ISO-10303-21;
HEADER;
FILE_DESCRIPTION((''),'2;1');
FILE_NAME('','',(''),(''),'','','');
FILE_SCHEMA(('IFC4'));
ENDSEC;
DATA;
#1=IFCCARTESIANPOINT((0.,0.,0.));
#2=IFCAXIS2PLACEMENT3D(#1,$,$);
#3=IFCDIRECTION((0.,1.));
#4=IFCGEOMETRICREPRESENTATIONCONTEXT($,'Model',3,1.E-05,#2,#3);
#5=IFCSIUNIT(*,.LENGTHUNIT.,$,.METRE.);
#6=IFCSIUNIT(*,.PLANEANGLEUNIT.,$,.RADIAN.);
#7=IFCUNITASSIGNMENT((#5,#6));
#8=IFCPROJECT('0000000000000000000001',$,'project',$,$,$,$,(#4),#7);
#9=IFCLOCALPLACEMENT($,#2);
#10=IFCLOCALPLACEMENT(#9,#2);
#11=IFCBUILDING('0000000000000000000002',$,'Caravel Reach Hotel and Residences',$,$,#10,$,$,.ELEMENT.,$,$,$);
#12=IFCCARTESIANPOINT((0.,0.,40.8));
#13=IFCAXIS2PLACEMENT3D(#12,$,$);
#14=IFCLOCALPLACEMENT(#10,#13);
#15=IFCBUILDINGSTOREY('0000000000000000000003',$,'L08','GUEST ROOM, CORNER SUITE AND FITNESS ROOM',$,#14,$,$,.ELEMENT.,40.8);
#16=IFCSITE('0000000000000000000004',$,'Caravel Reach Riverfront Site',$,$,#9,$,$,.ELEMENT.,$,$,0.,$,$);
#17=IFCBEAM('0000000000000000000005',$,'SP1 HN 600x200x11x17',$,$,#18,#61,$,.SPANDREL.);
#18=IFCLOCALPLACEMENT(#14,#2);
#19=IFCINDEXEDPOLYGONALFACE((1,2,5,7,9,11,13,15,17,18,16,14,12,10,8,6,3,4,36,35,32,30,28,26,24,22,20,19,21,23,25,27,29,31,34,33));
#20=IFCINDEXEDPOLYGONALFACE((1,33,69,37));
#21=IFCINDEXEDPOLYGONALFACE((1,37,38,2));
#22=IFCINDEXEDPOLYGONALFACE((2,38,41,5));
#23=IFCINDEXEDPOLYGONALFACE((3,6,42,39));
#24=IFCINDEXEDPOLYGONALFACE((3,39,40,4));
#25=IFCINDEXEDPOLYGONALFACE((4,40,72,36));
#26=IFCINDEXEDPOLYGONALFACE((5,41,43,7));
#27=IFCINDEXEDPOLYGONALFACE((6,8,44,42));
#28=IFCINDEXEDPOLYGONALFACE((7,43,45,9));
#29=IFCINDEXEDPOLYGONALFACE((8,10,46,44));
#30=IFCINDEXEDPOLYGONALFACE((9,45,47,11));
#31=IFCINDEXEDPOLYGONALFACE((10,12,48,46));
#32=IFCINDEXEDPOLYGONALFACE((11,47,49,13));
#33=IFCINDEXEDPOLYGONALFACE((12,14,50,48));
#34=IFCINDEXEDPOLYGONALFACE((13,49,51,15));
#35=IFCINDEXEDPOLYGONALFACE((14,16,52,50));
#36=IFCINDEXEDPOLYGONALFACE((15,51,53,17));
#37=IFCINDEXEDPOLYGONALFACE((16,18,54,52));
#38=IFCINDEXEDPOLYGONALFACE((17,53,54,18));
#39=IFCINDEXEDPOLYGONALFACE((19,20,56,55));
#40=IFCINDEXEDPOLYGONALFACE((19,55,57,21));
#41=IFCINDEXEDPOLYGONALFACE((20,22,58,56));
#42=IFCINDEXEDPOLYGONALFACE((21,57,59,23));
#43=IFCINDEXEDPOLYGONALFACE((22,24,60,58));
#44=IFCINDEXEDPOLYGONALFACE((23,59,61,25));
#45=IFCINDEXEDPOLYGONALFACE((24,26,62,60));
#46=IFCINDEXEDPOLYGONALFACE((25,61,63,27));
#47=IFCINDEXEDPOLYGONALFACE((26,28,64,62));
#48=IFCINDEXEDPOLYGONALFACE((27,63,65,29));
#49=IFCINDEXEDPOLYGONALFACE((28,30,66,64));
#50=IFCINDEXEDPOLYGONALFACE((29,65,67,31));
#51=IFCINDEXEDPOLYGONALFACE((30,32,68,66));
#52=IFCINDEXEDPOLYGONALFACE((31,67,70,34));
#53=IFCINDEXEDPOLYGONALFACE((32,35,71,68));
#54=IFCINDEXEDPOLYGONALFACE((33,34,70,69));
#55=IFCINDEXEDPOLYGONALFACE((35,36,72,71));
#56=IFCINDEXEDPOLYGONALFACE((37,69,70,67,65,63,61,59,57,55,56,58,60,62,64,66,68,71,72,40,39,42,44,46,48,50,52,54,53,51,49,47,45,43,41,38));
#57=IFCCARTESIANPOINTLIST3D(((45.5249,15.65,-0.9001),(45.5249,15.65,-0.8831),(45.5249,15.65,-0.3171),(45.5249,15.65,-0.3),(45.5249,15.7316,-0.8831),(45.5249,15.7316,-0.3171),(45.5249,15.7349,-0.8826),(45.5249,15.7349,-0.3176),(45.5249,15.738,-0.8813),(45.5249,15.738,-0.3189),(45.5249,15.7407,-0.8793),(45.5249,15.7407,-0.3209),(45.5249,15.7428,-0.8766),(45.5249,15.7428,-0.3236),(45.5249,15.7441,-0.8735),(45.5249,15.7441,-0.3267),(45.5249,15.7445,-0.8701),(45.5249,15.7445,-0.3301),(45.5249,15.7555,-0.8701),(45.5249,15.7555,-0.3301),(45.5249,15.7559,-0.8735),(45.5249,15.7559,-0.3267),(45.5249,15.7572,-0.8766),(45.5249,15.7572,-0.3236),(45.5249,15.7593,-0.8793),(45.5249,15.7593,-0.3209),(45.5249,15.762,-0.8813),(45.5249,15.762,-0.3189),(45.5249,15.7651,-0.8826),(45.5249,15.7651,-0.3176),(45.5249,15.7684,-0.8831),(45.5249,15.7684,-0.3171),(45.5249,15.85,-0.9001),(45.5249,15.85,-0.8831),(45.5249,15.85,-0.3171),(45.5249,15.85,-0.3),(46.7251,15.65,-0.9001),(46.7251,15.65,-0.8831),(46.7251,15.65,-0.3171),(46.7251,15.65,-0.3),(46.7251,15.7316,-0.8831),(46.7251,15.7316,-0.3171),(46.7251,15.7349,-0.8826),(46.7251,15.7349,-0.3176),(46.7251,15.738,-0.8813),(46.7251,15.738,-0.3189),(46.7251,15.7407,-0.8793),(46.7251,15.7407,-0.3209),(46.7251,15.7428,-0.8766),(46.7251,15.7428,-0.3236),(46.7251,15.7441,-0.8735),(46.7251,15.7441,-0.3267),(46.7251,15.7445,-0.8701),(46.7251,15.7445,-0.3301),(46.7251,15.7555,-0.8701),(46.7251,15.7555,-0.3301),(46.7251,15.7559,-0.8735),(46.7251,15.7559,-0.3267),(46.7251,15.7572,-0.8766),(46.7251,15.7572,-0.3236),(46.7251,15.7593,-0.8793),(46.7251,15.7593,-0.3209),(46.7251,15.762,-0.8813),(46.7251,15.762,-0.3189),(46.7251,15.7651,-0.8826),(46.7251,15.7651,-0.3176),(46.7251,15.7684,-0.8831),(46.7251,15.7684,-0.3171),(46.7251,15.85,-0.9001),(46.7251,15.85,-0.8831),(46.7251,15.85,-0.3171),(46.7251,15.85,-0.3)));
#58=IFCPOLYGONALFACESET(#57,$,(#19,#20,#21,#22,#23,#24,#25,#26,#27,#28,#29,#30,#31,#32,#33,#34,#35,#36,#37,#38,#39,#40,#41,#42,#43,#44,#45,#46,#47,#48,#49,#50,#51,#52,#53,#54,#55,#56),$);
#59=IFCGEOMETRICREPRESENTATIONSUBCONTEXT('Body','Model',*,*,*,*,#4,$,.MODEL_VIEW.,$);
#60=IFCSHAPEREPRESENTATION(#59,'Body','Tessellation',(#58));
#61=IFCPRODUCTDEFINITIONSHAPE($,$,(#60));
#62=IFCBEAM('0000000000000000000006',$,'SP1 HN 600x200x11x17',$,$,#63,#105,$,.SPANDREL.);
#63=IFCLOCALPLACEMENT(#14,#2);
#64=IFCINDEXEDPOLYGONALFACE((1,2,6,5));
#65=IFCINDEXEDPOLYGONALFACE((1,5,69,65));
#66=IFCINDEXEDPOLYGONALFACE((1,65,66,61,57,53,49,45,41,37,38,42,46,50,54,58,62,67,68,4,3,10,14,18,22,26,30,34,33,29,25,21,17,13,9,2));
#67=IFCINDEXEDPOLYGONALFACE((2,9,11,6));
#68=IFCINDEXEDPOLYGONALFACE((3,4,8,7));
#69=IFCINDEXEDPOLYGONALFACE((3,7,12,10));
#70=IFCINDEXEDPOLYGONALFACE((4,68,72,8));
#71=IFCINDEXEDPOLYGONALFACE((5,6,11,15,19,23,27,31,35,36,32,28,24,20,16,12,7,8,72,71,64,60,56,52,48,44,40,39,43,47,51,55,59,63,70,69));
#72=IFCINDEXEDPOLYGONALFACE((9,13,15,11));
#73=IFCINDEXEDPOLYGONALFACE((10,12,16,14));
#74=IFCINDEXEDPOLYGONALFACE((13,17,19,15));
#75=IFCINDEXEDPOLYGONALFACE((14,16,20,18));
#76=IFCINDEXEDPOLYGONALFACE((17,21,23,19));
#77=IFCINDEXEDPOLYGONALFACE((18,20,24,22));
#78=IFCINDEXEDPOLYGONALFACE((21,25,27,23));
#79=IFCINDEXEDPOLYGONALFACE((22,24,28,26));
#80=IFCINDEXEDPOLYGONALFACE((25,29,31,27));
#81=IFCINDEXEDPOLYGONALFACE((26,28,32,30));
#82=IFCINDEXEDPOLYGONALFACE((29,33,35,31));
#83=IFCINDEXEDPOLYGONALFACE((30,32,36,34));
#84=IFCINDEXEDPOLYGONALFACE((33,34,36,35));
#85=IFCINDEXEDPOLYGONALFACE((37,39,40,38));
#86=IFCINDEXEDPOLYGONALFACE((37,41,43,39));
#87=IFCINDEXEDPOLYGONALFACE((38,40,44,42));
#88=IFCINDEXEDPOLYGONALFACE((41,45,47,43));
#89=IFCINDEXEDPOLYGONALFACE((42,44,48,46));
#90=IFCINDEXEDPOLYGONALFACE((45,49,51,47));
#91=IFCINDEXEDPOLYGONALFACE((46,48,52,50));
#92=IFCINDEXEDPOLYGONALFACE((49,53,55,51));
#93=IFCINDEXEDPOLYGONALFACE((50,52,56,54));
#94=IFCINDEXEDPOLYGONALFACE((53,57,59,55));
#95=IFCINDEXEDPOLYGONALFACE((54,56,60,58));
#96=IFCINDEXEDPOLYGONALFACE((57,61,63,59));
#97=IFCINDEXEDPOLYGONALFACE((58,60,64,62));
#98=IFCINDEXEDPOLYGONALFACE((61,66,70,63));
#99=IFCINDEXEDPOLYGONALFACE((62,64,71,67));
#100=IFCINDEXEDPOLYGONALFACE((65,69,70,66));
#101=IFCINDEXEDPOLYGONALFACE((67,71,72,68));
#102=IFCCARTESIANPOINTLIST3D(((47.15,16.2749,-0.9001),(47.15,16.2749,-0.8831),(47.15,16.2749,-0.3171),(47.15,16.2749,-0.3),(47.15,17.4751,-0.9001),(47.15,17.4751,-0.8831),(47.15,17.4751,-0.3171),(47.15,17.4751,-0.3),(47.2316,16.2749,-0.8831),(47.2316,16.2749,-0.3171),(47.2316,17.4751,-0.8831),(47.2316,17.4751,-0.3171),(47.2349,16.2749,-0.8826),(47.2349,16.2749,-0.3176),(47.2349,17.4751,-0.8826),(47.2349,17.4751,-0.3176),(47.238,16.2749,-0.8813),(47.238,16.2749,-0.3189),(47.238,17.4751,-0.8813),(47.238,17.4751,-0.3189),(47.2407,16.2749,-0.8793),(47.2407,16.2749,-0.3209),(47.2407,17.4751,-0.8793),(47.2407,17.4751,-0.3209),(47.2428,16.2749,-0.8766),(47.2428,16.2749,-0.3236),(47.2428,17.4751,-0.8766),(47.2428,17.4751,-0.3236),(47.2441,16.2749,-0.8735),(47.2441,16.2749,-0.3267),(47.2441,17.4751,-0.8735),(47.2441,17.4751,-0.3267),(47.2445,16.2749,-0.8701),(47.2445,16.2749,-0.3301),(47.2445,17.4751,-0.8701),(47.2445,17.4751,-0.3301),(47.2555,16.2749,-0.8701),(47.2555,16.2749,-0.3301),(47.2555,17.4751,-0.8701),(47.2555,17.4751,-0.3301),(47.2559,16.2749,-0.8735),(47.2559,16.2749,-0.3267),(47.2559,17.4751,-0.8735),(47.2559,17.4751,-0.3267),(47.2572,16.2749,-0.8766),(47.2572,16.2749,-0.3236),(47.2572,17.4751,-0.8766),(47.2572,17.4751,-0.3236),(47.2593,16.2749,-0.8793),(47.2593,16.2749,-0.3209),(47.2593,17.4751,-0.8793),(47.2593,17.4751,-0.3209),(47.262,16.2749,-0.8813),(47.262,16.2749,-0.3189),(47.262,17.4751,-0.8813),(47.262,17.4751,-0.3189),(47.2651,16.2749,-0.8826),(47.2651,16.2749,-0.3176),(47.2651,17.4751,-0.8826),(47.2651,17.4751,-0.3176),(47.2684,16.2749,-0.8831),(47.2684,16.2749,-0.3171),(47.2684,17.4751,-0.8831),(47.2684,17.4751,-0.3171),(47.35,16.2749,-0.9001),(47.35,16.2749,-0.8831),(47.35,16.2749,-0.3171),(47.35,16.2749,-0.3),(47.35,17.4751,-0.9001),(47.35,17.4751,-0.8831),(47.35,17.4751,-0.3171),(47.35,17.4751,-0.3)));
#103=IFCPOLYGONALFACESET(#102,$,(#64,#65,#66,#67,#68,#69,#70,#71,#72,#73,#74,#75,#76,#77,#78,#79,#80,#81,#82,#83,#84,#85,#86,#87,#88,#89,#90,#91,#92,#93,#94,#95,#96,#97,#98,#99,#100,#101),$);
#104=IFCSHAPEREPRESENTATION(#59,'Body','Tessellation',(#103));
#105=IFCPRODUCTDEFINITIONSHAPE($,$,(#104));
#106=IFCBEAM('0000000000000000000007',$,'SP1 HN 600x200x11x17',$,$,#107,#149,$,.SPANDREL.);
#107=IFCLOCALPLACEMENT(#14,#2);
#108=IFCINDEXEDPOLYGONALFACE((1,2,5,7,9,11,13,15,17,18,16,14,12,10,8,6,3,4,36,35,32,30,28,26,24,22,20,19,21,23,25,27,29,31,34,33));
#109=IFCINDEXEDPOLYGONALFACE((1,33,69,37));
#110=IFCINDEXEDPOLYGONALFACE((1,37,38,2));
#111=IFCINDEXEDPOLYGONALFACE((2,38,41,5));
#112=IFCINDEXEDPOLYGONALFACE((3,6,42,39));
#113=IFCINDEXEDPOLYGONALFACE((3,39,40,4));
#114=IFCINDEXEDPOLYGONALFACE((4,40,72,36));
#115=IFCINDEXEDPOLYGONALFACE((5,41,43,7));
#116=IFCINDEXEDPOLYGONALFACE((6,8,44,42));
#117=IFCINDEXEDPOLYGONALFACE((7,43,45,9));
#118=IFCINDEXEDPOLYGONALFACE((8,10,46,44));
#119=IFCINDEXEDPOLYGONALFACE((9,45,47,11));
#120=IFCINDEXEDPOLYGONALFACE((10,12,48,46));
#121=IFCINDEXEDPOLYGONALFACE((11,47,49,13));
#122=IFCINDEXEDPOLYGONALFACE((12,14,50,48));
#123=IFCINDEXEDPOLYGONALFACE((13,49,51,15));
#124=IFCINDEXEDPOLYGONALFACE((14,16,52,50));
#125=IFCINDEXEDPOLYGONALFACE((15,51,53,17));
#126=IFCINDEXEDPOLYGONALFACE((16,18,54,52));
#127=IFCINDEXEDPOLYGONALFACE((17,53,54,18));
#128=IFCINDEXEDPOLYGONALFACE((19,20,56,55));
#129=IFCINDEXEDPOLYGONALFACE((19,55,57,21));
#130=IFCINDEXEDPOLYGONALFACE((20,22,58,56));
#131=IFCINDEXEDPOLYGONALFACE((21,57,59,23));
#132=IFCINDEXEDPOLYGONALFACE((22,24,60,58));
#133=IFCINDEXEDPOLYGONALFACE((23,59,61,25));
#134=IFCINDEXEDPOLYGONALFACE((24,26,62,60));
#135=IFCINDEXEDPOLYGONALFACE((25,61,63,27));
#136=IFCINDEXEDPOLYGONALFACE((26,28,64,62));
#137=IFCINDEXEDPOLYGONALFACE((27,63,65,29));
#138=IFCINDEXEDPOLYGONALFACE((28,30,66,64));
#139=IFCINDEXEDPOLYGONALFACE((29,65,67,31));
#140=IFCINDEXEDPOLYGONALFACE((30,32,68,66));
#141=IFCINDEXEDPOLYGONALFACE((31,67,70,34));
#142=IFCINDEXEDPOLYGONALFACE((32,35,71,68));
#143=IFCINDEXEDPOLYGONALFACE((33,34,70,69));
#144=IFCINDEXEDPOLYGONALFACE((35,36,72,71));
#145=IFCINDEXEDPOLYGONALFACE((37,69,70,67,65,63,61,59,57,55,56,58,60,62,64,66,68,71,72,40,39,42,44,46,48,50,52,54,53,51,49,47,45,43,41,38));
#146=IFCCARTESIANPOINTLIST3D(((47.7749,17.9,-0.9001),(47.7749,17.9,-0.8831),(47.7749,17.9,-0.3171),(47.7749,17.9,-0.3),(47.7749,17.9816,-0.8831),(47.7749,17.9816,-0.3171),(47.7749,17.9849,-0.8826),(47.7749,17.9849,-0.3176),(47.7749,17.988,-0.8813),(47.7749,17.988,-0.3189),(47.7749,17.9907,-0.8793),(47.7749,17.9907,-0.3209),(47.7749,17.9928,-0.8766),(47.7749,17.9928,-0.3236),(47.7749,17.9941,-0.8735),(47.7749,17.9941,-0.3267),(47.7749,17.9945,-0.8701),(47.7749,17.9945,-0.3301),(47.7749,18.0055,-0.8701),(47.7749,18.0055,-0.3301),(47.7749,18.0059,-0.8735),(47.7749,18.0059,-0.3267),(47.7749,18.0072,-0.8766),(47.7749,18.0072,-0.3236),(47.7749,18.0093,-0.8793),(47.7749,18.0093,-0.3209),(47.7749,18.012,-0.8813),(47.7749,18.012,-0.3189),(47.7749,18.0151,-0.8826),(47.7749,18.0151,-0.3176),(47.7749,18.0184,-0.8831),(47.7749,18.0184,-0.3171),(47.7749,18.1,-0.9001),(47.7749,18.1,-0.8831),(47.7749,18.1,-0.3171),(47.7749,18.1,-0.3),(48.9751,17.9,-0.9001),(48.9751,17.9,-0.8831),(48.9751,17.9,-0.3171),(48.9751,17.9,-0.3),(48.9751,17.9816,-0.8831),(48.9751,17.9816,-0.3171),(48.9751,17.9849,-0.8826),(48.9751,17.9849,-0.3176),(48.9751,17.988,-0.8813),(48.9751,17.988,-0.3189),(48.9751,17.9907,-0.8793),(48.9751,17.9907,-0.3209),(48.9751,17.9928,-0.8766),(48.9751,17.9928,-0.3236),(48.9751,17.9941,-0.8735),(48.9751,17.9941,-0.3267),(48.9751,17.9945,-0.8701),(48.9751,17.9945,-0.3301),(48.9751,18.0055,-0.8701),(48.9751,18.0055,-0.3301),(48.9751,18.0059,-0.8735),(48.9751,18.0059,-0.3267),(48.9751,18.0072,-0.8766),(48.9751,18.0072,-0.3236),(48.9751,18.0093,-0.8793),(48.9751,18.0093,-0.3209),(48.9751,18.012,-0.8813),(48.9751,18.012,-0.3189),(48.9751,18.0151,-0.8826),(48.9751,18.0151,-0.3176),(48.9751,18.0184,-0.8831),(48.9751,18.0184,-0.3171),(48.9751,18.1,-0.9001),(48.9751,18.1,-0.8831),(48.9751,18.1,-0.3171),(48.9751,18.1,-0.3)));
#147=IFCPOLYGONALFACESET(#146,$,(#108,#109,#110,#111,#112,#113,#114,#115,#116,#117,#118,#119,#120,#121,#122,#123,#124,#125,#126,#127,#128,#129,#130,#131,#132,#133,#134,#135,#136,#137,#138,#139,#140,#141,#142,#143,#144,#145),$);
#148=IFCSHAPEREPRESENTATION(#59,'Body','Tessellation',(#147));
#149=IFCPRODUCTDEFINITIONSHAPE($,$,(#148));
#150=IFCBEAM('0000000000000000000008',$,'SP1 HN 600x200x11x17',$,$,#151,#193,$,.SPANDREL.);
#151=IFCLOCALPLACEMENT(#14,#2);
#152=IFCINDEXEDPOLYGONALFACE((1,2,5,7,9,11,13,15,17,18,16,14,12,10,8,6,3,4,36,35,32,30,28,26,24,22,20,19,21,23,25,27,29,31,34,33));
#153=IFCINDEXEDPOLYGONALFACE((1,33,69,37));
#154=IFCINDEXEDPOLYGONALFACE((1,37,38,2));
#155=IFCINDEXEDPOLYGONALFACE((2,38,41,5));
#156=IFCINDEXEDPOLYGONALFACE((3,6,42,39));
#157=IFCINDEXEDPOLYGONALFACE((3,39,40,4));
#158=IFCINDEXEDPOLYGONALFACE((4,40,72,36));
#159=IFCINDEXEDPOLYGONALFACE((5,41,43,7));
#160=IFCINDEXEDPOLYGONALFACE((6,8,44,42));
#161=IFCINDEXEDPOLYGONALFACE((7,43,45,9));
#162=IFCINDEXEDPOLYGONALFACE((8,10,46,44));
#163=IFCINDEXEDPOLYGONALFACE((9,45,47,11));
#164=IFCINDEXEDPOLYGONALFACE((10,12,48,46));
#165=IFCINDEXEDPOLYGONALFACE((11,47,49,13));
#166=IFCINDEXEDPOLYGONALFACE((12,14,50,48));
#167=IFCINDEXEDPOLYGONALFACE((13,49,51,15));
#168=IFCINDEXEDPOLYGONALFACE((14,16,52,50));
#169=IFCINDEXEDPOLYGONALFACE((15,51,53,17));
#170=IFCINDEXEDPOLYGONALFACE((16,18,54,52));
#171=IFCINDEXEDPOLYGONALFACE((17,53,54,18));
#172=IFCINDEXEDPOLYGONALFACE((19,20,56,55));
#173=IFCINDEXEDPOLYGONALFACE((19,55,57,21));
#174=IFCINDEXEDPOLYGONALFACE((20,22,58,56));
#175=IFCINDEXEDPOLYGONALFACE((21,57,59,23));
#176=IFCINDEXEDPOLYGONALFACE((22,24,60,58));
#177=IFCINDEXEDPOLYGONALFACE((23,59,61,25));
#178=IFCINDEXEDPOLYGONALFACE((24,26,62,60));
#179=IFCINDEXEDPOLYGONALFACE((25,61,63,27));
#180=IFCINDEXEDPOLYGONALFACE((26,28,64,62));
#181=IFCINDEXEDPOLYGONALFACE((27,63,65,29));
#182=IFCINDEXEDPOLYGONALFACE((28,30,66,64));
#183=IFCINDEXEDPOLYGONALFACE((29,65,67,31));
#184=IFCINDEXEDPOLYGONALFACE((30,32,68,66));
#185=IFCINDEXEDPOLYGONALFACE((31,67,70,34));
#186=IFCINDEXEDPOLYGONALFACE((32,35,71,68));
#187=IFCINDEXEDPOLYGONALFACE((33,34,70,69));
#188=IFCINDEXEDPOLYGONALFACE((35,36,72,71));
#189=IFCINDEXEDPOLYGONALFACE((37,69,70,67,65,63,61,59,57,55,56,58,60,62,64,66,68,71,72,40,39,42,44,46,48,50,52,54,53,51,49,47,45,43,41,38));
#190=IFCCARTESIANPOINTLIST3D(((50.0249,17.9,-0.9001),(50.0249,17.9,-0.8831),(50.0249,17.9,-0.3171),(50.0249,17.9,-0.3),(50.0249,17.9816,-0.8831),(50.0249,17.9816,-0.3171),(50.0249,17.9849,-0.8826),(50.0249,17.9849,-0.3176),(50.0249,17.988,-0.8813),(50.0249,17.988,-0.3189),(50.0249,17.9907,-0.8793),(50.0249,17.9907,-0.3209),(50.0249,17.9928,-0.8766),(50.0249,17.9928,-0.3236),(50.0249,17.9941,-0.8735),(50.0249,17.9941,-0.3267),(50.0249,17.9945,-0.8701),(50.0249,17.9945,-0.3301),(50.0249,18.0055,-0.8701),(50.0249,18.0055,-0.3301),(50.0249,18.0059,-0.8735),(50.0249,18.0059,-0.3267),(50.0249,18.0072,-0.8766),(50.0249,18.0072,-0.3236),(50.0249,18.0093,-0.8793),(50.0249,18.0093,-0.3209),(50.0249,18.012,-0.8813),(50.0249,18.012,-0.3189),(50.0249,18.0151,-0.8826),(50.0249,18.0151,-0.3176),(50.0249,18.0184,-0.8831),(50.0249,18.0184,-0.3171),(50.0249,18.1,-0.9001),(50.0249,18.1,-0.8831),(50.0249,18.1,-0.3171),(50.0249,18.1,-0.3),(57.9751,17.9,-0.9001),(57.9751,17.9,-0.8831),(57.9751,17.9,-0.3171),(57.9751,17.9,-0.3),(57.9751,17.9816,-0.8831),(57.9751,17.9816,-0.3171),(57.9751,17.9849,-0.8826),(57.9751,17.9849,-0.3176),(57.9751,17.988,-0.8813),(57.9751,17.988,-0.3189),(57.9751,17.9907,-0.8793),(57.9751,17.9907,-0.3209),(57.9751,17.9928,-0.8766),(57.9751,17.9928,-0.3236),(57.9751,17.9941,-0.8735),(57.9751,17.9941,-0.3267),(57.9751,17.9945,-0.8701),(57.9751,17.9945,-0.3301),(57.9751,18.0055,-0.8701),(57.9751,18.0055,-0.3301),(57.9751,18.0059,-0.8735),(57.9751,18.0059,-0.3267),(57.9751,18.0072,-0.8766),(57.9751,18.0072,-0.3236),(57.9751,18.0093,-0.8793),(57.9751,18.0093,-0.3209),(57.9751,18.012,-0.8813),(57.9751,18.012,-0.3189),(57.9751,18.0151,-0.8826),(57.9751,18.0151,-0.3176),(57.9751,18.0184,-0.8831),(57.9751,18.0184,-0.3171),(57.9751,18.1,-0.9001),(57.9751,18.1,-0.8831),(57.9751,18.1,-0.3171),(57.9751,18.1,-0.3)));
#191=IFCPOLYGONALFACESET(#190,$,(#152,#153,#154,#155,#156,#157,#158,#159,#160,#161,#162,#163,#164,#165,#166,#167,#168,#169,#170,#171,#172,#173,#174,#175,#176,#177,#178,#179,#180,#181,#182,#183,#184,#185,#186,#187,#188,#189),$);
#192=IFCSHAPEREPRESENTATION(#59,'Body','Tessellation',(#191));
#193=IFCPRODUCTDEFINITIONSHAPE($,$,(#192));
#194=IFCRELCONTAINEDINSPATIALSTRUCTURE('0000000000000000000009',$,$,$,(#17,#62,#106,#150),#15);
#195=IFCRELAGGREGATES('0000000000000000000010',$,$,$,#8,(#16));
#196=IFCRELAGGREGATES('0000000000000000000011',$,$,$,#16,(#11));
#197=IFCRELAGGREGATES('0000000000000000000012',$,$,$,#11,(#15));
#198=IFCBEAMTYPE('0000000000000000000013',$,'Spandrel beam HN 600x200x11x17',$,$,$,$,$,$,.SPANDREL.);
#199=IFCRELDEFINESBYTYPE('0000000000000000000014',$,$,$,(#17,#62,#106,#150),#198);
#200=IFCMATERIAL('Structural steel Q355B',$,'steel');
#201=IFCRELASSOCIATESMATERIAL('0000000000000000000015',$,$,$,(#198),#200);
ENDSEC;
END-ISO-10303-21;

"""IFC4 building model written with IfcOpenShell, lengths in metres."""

from ifc_helpers import new_model, si_unit, direction, frame, origin, origin_2d, place, context, subcontext, project, spatial, i_section, extrude, material, material_profile, profile_set, type_object, element, save


model = new_model("IFC4")

# Units and contexts
model_context = context("Model", 3, precision=1e-05, world=origin(), true_north=direction((0.0, 1.0)))
body_context = subcontext(model_context, "Body", "Model", "MODEL_VIEW")
ifc_project = project(units=[si_unit("LENGTHUNIT", "METRE"), si_unit("PLANEANGLEUNIT", "RADIAN")], contexts=[model_context])

# Site, building, storey
site_placement = place(None, origin())
site = spatial("IfcSite", under=ifc_project, at=site_placement, Name="Caravel Reach Riverfront Site", CompositionType="ELEMENT", RefElevation=0.0)
building_placement = place(site_placement, origin())
building = spatial("IfcBuilding", under=site, at=building_placement, Name="Caravel Reach Hotel and Residences", CompositionType="ELEMENT")
storey_placement = place(building_placement, frame((0.0, 0.0, 40.8)))
storey = spatial("IfcBuildingStorey", under=building, at=storey_placement, Name="L08", Description="GUEST ROOM, CORNER SUITE AND FITNESS ROOM", CompositionType="ELEMENT", Elevation=40.8)

# Beams
ifc_material_1 = material(Name="Structural steel Q355B", Category="steel")
ifc_material_profile_1 = material_profile(ifc_material_1, i_section(OverallWidth=0.2, OverallDepth=0.6001, WebThickness=0.011, FlangeThickness=0.0171, FilletRadius=0.0129, at=origin_2d()), Name="HN 600x200x11x17")
ifc_profile_set_1 = profile_set([ifc_material_profile_1], Name="Structural steel Q355B")
beam_type_1 = type_object("IfcBeamType", Name="Spandrel beam HN 600x200x11x17", PredefinedType="SPANDREL", material=ifc_profile_set_1)
for number, where, z_axis, x_axis, name in (
    (1, (45.5249, 15.75, -0.6001), (1.0, 0.0, 0.0), (0.0, 1.0, 0.0), "SP1 HN 600x200x11x17"),
    (2, (47.25, 16.2749, -0.6001), (0.0, 1.0, 0.0), (-1.0, 0.0, 0.0), "SP1 HN 600x200x11x17"),
    (3, (47.7749, 18.0, -0.6001), (1.0, 0.0, 0.0), (0.0, 1.0, 0.0), "SP1 HN 600x200x11x17"),
):
    element("IfcBeam", number, at=place(storey_placement, frame(where, z_axis=z_axis, x_axis=x_axis)), inside=storey, type_object=beam_type_1, Name=name, PredefinedType="SPANDREL", context=body_context, shape_type="SweptSolid", body=[
        extrude(i_section(OverallWidth=0.2, OverallDepth=0.6001, WebThickness=0.011, FlangeThickness=0.0171, FilletRadius=0.0129, at=origin_2d()), origin(), (0.0, 0.0, 1.0), 1.2002),
    ])
beam_1_placement = place(storey_placement, frame((50.0249, 18.0, -0.6001), z_axis=(1.0, 0.0, 0.0), x_axis=(0.0, 1.0, 0.0)))
element("IfcBeam", 4, at=beam_1_placement, inside=storey, type_object=beam_type_1, Name="SP1 HN 600x200x11x17", PredefinedType="SPANDREL", context=body_context, shape_type="SweptSolid", body=[
    extrude(i_section(OverallWidth=0.2, OverallDepth=0.6001, WebThickness=0.011, FlangeThickness=0.0171, FilletRadius=0.0129, at=origin_2d()), origin(), (0.0, 0.0, 1.0), 7.9502),
])

save(model, "model.ifc")
